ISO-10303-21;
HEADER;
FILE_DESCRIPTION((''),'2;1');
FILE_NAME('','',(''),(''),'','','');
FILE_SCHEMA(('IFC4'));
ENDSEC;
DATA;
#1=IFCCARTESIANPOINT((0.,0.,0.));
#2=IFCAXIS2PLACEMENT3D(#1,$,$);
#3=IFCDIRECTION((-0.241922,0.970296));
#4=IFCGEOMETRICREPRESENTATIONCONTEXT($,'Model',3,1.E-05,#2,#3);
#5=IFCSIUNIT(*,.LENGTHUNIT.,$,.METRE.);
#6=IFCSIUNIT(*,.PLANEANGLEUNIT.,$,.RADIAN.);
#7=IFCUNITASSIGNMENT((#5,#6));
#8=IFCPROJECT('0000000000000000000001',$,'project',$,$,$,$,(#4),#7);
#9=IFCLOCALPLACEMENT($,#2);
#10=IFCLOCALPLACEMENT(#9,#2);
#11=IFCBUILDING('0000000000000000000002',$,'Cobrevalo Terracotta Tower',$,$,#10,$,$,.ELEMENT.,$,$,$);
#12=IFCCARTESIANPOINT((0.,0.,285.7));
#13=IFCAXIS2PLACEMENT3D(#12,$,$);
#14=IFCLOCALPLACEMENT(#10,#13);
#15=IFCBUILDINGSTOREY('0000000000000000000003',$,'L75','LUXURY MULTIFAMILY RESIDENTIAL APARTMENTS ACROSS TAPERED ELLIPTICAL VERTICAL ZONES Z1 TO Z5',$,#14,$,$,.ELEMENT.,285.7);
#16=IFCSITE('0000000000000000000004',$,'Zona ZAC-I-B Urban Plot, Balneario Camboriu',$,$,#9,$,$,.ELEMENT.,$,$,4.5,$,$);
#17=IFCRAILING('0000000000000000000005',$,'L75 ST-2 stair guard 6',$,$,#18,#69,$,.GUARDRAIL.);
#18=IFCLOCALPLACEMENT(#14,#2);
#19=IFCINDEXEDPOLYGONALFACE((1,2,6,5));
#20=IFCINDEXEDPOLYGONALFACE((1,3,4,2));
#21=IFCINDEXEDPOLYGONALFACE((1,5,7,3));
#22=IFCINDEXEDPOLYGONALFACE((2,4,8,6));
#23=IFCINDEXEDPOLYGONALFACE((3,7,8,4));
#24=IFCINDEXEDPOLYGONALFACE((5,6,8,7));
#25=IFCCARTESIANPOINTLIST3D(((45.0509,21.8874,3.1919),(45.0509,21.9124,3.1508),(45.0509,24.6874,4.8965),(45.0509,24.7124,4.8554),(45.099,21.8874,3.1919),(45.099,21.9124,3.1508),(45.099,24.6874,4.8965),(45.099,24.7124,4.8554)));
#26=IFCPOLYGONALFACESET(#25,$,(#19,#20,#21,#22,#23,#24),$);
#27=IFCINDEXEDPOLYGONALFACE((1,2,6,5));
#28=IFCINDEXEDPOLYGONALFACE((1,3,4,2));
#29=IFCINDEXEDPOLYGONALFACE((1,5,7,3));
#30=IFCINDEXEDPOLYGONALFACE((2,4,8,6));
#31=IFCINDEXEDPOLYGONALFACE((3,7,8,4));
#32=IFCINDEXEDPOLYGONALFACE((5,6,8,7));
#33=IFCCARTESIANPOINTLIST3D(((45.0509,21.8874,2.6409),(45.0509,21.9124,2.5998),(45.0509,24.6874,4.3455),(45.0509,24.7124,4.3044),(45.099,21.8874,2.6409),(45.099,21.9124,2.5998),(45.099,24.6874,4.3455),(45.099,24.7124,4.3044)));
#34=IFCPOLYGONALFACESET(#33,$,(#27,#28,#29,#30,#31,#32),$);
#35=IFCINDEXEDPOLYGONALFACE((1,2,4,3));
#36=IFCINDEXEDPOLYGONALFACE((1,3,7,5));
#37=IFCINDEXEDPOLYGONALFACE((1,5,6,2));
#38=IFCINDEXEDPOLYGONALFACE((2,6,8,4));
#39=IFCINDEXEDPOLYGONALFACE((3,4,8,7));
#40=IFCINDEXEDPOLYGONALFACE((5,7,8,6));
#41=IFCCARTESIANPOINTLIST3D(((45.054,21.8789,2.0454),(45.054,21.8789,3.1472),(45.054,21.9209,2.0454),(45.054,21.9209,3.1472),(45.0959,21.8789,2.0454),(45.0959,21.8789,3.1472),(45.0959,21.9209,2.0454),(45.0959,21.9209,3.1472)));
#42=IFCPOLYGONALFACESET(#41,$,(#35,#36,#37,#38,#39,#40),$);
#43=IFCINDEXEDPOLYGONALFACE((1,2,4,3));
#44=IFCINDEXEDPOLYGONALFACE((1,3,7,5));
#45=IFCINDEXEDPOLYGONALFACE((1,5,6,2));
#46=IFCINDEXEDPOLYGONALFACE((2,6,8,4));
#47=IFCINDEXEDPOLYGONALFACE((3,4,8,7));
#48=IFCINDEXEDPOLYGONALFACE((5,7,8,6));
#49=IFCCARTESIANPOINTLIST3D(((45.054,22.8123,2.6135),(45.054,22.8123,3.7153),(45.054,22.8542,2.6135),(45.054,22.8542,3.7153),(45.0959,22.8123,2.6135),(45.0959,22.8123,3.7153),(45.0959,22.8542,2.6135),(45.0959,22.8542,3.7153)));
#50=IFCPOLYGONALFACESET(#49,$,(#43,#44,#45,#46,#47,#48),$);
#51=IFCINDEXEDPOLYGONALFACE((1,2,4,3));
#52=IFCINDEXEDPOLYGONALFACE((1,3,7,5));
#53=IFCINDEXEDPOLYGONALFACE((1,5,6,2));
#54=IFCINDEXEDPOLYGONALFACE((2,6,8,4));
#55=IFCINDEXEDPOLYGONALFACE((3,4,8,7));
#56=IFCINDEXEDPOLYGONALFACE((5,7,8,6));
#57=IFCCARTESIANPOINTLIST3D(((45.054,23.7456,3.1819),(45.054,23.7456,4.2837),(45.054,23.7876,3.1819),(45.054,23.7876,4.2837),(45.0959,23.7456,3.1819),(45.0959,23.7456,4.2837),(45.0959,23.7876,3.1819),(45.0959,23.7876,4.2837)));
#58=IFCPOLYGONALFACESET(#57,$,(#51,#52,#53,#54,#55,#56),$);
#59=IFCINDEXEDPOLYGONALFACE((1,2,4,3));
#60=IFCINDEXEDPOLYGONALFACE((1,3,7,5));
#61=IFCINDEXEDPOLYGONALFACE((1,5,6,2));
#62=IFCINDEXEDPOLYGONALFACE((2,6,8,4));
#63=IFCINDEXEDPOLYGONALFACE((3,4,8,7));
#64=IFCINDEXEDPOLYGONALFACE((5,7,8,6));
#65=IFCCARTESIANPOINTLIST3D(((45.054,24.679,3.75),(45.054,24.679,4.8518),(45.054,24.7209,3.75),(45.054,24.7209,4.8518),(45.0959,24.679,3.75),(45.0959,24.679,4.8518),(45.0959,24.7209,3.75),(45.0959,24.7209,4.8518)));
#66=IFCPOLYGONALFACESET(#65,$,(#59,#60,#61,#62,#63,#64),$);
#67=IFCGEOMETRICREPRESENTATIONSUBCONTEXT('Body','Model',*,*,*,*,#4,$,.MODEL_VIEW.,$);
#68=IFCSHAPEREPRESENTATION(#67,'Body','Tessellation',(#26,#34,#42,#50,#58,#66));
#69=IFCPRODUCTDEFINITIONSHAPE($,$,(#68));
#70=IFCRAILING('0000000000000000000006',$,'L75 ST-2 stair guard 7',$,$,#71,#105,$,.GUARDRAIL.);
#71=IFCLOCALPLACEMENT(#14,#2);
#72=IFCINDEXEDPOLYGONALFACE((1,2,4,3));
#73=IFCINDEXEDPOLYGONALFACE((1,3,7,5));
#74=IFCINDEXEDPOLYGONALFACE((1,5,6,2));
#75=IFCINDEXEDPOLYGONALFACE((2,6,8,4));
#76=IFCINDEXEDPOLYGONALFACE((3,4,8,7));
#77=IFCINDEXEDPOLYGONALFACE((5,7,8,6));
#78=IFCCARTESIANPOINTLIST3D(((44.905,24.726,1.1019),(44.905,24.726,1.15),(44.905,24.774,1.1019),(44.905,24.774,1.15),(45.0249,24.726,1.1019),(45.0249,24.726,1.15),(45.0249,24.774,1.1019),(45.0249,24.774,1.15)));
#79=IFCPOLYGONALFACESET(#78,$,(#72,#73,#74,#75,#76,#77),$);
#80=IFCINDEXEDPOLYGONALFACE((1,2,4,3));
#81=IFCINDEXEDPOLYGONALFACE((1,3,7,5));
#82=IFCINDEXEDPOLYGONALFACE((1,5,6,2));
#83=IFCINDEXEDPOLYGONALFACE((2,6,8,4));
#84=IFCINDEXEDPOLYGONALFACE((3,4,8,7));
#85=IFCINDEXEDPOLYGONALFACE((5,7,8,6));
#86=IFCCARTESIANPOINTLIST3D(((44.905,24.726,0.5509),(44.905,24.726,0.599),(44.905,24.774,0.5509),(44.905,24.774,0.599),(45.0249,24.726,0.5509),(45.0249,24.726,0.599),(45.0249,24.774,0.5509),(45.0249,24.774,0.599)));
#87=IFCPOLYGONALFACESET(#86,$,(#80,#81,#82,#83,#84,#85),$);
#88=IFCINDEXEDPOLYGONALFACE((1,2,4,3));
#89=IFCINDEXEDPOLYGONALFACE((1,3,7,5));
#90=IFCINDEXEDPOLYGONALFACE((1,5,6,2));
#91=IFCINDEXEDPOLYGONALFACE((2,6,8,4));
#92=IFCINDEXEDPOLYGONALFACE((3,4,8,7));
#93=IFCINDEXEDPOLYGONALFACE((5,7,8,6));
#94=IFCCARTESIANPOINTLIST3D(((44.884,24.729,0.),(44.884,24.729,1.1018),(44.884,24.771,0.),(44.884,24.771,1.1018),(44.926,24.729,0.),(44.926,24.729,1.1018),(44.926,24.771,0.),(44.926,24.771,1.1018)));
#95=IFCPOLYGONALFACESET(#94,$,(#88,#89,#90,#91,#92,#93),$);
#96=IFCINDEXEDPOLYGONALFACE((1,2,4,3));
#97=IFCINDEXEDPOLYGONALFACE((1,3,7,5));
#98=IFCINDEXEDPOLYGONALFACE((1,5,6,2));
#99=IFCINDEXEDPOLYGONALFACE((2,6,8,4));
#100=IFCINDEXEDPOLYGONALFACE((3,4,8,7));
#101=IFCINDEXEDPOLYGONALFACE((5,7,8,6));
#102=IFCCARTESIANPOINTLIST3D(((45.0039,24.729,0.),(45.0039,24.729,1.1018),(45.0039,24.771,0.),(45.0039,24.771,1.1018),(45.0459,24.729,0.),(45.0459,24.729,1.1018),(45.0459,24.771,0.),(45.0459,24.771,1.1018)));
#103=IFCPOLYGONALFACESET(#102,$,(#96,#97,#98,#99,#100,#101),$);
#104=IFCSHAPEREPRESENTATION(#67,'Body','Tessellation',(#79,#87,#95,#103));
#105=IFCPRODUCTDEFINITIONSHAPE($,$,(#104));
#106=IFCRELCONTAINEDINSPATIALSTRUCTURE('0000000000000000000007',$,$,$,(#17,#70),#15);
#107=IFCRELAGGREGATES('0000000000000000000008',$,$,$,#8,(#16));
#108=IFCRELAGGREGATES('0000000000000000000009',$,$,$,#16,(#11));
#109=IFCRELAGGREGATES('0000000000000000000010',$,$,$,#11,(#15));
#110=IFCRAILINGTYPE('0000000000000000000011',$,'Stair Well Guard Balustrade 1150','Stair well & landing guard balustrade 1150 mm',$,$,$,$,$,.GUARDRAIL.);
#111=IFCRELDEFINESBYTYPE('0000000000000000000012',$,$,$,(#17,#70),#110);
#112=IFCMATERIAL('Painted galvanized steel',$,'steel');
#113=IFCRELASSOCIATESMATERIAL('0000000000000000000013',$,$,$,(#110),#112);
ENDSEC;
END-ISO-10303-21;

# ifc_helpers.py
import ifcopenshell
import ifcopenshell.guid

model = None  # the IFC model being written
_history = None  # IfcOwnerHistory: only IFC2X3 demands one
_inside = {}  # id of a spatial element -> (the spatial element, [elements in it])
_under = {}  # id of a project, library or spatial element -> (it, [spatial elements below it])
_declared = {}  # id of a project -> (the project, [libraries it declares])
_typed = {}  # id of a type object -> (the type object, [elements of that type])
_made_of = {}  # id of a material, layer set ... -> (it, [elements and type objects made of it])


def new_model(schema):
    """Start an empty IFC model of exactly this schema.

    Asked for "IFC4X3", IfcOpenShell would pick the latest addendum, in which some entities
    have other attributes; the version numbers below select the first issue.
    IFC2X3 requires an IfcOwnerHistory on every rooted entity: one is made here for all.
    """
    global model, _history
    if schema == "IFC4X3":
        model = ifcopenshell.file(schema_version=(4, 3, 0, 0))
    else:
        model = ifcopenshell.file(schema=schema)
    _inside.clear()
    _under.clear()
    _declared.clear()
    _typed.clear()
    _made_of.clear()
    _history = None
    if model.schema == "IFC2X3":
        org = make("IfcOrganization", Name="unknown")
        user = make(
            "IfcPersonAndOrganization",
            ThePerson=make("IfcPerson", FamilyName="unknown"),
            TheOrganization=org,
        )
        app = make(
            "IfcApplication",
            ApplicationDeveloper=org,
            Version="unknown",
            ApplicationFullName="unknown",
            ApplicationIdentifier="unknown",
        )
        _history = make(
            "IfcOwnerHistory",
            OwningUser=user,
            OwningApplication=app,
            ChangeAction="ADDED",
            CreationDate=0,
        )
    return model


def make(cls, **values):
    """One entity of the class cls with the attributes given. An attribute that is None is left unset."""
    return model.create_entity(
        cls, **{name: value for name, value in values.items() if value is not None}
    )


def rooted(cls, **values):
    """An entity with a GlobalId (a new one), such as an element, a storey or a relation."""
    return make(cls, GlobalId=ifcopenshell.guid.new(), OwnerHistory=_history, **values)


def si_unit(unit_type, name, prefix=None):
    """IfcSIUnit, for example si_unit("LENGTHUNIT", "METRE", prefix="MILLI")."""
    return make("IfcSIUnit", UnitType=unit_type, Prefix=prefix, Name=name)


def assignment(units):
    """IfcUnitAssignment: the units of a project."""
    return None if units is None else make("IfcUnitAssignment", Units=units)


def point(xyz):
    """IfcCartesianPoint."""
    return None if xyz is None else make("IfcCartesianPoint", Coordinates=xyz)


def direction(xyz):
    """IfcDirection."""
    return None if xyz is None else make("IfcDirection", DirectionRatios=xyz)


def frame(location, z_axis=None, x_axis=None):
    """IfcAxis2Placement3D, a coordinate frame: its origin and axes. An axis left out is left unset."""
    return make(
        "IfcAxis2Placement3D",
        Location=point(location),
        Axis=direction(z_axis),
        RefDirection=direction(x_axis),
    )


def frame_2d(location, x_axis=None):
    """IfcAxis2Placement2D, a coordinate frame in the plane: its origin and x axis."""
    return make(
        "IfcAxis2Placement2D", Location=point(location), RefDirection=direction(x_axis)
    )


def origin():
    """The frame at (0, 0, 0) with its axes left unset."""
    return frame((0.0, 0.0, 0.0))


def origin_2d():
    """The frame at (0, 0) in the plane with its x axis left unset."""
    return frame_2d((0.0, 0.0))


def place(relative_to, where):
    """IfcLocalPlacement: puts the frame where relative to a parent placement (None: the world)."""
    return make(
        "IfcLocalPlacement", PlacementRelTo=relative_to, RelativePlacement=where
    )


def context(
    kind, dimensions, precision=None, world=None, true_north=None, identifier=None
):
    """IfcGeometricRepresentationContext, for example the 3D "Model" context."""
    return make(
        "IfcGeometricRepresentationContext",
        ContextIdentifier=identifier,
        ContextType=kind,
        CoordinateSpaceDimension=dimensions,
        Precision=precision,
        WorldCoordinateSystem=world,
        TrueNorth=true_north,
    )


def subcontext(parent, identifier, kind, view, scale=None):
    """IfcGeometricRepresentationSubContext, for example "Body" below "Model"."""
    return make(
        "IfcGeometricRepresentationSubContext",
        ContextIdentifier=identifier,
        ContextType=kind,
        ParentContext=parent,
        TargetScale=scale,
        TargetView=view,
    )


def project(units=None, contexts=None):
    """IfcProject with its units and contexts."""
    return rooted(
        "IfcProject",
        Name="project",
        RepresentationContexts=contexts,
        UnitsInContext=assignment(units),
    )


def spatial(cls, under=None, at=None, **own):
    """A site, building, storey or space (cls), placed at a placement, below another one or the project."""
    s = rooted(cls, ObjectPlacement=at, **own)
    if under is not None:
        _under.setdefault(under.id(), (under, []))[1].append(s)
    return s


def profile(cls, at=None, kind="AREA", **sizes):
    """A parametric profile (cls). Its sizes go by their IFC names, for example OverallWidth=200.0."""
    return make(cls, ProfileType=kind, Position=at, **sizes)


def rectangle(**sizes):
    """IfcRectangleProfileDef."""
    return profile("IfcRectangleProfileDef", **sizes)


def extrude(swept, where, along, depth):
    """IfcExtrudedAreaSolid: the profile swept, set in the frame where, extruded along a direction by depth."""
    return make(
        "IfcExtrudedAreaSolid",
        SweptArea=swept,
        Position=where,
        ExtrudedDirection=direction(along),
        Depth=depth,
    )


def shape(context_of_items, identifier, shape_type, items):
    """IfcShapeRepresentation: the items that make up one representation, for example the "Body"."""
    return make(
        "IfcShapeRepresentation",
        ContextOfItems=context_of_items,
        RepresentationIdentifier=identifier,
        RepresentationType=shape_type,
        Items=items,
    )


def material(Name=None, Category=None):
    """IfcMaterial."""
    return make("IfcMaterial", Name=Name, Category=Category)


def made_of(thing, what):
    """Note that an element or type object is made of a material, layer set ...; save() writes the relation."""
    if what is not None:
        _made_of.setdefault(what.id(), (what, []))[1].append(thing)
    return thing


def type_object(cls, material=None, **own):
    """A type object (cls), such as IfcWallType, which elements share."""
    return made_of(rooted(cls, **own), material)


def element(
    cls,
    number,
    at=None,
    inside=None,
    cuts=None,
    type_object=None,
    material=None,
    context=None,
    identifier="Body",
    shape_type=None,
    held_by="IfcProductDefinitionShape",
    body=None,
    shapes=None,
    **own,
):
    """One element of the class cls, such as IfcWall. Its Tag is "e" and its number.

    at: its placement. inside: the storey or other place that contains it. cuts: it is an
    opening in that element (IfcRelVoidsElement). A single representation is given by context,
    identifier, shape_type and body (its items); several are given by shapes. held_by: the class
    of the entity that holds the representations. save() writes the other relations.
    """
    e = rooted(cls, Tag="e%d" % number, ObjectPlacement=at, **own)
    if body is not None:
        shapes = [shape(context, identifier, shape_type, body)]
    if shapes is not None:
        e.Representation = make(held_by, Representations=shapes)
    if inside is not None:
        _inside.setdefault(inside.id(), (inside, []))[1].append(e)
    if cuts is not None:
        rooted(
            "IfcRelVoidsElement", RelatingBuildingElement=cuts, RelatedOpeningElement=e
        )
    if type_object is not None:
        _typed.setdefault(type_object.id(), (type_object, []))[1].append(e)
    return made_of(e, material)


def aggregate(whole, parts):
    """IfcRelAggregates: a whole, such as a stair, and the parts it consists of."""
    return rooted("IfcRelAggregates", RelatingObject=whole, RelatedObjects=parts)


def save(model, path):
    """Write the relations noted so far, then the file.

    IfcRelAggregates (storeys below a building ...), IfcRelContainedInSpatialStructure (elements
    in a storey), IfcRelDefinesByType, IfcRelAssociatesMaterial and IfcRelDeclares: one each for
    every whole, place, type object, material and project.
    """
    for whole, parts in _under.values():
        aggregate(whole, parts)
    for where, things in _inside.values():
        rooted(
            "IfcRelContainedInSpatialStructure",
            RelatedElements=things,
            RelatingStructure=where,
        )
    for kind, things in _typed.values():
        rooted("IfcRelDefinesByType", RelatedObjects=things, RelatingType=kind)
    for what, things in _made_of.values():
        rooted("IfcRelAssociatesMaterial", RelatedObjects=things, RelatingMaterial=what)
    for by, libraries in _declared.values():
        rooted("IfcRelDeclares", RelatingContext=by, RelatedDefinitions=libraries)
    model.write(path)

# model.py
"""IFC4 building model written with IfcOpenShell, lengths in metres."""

from ifc_helpers import new_model, si_unit, direction, frame, origin, origin_2d, place, context, subcontext, project, spatial, rectangle, extrude, material, type_object, element, save


model = new_model("IFC4")

# Units and contexts
model_context = context("Model", 3, precision=1e-05, world=origin(), true_north=direction((-0.241922, 0.970296)))
body_context = subcontext(model_context, "Body", "Model", "MODEL_VIEW")
ifc_project = project(units=[si_unit("LENGTHUNIT", "METRE"), si_unit("PLANEANGLEUNIT", "RADIAN")], contexts=[model_context])

# Site, building, storey
site_placement = place(None, origin())
site = spatial("IfcSite", under=ifc_project, at=site_placement, Name="Zona ZAC-I-B Urban Plot, Balneario Camboriu", CompositionType="ELEMENT", RefElevation=4.5)
building_placement = place(site_placement, origin())
building = spatial("IfcBuilding", under=site, at=building_placement, Name="Cobrevalo Terracotta Tower", CompositionType="ELEMENT")
storey_placement = place(building_placement, frame((0.0, 0.0, 285.7)))
storey = spatial("IfcBuildingStorey", under=building, at=storey_placement, Name="L75", Description="LUXURY MULTIFAMILY RESIDENTIAL APARTMENTS ACROSS TAPERED ELLIPTICAL VERTICAL ZONES Z1 TO Z5", CompositionType="ELEMENT", Elevation=285.7)

# Railings
ifc_material_1 = material(Name="Painted galvanized steel", Category="steel")
railing_type_1 = type_object("IfcRailingType", Name="Stair Well Guard Balustrade 1150", Description="Stair well & landing guard balustrade 1150 mm", PredefinedType="GUARDRAIL", material=ifc_material_1)
railing_1_placement = place(storey_placement, frame((45.075, 21.8999, 2.0454)))
element("IfcRailing", 1, at=railing_1_placement, inside=storey, type_object=railing_type_1, Name="L75 ST-2 stair guard 6", PredefinedType="GUARDRAIL", context=body_context, shape_type="SweptSolid", body=[
    extrude(rectangle(XDim=0.0481, YDim=0.0481, at=origin_2d()), frame((0.0, 0.0, 1.126), z_axis=(0.0, 0.85417, 0.519994), x_axis=(-1.0, 0.0, 0.0)), (0.0, 0.0, 1.0), 3.2781),
    extrude(rectangle(XDim=0.0481, YDim=0.0481, at=origin_2d()), frame((0.0, 0.0, 0.575), z_axis=(0.0, 0.85417, 0.519994), x_axis=(-1.0, 0.0, 0.0)), (0.0, 0.0, 1.0), 3.2781),
    extrude(rectangle(XDim=0.042, YDim=0.042, at=origin_2d()), origin(), (0.0, 0.0, 1.0), 1.1018),
    extrude(rectangle(XDim=0.042, YDim=0.042, at=origin_2d()), frame((0.0, 0.9333, 0.5681)), (0.0, 0.0, 1.0), 1.1018),
    extrude(rectangle(XDim=0.042, YDim=0.042, at=origin_2d()), frame((0.0, 1.8667, 1.1365)), (0.0, 0.0, 1.0), 1.1018),
    extrude(rectangle(XDim=0.042, YDim=0.042, at=origin_2d()), frame((0.0, 2.8, 1.7046)), (0.0, 0.0, 1.0), 1.1018),
])
railing_2_placement = place(storey_placement, frame((44.905, 24.75, 0.0)))
element("IfcRailing", 2, at=railing_2_placement, inside=storey, type_object=railing_type_1, Name="L75 ST-2 stair guard 7", PredefinedType="GUARDRAIL", context=body_context, shape_type="SweptSolid", body=[
    extrude(rectangle(XDim=0.0481, YDim=0.0481, at=origin_2d()), frame((0.0, 0.0, 1.126), z_axis=(1.0, 0.0, 0.0), x_axis=(0.0, 1.0, 0.0)), (0.0, 0.0, 1.0), 0.1199),
    extrude(rectangle(XDim=0.0481, YDim=0.0481, at=origin_2d()), frame((0.0, 0.0, 0.575), z_axis=(1.0, 0.0, 0.0), x_axis=(0.0, 1.0, 0.0)), (0.0, 0.0, 1.0), 0.1199),
    extrude(rectangle(XDim=0.042, YDim=0.042, at=origin_2d()), origin(), (0.0, 0.0, 1.0), 1.1018),
    extrude(rectangle(XDim=0.042, YDim=0.042, at=origin_2d()), frame((0.1199, 0.0, 0.0)), (0.0, 0.0, 1.0), 1.1018),
])

save(model, "model.ifc")
